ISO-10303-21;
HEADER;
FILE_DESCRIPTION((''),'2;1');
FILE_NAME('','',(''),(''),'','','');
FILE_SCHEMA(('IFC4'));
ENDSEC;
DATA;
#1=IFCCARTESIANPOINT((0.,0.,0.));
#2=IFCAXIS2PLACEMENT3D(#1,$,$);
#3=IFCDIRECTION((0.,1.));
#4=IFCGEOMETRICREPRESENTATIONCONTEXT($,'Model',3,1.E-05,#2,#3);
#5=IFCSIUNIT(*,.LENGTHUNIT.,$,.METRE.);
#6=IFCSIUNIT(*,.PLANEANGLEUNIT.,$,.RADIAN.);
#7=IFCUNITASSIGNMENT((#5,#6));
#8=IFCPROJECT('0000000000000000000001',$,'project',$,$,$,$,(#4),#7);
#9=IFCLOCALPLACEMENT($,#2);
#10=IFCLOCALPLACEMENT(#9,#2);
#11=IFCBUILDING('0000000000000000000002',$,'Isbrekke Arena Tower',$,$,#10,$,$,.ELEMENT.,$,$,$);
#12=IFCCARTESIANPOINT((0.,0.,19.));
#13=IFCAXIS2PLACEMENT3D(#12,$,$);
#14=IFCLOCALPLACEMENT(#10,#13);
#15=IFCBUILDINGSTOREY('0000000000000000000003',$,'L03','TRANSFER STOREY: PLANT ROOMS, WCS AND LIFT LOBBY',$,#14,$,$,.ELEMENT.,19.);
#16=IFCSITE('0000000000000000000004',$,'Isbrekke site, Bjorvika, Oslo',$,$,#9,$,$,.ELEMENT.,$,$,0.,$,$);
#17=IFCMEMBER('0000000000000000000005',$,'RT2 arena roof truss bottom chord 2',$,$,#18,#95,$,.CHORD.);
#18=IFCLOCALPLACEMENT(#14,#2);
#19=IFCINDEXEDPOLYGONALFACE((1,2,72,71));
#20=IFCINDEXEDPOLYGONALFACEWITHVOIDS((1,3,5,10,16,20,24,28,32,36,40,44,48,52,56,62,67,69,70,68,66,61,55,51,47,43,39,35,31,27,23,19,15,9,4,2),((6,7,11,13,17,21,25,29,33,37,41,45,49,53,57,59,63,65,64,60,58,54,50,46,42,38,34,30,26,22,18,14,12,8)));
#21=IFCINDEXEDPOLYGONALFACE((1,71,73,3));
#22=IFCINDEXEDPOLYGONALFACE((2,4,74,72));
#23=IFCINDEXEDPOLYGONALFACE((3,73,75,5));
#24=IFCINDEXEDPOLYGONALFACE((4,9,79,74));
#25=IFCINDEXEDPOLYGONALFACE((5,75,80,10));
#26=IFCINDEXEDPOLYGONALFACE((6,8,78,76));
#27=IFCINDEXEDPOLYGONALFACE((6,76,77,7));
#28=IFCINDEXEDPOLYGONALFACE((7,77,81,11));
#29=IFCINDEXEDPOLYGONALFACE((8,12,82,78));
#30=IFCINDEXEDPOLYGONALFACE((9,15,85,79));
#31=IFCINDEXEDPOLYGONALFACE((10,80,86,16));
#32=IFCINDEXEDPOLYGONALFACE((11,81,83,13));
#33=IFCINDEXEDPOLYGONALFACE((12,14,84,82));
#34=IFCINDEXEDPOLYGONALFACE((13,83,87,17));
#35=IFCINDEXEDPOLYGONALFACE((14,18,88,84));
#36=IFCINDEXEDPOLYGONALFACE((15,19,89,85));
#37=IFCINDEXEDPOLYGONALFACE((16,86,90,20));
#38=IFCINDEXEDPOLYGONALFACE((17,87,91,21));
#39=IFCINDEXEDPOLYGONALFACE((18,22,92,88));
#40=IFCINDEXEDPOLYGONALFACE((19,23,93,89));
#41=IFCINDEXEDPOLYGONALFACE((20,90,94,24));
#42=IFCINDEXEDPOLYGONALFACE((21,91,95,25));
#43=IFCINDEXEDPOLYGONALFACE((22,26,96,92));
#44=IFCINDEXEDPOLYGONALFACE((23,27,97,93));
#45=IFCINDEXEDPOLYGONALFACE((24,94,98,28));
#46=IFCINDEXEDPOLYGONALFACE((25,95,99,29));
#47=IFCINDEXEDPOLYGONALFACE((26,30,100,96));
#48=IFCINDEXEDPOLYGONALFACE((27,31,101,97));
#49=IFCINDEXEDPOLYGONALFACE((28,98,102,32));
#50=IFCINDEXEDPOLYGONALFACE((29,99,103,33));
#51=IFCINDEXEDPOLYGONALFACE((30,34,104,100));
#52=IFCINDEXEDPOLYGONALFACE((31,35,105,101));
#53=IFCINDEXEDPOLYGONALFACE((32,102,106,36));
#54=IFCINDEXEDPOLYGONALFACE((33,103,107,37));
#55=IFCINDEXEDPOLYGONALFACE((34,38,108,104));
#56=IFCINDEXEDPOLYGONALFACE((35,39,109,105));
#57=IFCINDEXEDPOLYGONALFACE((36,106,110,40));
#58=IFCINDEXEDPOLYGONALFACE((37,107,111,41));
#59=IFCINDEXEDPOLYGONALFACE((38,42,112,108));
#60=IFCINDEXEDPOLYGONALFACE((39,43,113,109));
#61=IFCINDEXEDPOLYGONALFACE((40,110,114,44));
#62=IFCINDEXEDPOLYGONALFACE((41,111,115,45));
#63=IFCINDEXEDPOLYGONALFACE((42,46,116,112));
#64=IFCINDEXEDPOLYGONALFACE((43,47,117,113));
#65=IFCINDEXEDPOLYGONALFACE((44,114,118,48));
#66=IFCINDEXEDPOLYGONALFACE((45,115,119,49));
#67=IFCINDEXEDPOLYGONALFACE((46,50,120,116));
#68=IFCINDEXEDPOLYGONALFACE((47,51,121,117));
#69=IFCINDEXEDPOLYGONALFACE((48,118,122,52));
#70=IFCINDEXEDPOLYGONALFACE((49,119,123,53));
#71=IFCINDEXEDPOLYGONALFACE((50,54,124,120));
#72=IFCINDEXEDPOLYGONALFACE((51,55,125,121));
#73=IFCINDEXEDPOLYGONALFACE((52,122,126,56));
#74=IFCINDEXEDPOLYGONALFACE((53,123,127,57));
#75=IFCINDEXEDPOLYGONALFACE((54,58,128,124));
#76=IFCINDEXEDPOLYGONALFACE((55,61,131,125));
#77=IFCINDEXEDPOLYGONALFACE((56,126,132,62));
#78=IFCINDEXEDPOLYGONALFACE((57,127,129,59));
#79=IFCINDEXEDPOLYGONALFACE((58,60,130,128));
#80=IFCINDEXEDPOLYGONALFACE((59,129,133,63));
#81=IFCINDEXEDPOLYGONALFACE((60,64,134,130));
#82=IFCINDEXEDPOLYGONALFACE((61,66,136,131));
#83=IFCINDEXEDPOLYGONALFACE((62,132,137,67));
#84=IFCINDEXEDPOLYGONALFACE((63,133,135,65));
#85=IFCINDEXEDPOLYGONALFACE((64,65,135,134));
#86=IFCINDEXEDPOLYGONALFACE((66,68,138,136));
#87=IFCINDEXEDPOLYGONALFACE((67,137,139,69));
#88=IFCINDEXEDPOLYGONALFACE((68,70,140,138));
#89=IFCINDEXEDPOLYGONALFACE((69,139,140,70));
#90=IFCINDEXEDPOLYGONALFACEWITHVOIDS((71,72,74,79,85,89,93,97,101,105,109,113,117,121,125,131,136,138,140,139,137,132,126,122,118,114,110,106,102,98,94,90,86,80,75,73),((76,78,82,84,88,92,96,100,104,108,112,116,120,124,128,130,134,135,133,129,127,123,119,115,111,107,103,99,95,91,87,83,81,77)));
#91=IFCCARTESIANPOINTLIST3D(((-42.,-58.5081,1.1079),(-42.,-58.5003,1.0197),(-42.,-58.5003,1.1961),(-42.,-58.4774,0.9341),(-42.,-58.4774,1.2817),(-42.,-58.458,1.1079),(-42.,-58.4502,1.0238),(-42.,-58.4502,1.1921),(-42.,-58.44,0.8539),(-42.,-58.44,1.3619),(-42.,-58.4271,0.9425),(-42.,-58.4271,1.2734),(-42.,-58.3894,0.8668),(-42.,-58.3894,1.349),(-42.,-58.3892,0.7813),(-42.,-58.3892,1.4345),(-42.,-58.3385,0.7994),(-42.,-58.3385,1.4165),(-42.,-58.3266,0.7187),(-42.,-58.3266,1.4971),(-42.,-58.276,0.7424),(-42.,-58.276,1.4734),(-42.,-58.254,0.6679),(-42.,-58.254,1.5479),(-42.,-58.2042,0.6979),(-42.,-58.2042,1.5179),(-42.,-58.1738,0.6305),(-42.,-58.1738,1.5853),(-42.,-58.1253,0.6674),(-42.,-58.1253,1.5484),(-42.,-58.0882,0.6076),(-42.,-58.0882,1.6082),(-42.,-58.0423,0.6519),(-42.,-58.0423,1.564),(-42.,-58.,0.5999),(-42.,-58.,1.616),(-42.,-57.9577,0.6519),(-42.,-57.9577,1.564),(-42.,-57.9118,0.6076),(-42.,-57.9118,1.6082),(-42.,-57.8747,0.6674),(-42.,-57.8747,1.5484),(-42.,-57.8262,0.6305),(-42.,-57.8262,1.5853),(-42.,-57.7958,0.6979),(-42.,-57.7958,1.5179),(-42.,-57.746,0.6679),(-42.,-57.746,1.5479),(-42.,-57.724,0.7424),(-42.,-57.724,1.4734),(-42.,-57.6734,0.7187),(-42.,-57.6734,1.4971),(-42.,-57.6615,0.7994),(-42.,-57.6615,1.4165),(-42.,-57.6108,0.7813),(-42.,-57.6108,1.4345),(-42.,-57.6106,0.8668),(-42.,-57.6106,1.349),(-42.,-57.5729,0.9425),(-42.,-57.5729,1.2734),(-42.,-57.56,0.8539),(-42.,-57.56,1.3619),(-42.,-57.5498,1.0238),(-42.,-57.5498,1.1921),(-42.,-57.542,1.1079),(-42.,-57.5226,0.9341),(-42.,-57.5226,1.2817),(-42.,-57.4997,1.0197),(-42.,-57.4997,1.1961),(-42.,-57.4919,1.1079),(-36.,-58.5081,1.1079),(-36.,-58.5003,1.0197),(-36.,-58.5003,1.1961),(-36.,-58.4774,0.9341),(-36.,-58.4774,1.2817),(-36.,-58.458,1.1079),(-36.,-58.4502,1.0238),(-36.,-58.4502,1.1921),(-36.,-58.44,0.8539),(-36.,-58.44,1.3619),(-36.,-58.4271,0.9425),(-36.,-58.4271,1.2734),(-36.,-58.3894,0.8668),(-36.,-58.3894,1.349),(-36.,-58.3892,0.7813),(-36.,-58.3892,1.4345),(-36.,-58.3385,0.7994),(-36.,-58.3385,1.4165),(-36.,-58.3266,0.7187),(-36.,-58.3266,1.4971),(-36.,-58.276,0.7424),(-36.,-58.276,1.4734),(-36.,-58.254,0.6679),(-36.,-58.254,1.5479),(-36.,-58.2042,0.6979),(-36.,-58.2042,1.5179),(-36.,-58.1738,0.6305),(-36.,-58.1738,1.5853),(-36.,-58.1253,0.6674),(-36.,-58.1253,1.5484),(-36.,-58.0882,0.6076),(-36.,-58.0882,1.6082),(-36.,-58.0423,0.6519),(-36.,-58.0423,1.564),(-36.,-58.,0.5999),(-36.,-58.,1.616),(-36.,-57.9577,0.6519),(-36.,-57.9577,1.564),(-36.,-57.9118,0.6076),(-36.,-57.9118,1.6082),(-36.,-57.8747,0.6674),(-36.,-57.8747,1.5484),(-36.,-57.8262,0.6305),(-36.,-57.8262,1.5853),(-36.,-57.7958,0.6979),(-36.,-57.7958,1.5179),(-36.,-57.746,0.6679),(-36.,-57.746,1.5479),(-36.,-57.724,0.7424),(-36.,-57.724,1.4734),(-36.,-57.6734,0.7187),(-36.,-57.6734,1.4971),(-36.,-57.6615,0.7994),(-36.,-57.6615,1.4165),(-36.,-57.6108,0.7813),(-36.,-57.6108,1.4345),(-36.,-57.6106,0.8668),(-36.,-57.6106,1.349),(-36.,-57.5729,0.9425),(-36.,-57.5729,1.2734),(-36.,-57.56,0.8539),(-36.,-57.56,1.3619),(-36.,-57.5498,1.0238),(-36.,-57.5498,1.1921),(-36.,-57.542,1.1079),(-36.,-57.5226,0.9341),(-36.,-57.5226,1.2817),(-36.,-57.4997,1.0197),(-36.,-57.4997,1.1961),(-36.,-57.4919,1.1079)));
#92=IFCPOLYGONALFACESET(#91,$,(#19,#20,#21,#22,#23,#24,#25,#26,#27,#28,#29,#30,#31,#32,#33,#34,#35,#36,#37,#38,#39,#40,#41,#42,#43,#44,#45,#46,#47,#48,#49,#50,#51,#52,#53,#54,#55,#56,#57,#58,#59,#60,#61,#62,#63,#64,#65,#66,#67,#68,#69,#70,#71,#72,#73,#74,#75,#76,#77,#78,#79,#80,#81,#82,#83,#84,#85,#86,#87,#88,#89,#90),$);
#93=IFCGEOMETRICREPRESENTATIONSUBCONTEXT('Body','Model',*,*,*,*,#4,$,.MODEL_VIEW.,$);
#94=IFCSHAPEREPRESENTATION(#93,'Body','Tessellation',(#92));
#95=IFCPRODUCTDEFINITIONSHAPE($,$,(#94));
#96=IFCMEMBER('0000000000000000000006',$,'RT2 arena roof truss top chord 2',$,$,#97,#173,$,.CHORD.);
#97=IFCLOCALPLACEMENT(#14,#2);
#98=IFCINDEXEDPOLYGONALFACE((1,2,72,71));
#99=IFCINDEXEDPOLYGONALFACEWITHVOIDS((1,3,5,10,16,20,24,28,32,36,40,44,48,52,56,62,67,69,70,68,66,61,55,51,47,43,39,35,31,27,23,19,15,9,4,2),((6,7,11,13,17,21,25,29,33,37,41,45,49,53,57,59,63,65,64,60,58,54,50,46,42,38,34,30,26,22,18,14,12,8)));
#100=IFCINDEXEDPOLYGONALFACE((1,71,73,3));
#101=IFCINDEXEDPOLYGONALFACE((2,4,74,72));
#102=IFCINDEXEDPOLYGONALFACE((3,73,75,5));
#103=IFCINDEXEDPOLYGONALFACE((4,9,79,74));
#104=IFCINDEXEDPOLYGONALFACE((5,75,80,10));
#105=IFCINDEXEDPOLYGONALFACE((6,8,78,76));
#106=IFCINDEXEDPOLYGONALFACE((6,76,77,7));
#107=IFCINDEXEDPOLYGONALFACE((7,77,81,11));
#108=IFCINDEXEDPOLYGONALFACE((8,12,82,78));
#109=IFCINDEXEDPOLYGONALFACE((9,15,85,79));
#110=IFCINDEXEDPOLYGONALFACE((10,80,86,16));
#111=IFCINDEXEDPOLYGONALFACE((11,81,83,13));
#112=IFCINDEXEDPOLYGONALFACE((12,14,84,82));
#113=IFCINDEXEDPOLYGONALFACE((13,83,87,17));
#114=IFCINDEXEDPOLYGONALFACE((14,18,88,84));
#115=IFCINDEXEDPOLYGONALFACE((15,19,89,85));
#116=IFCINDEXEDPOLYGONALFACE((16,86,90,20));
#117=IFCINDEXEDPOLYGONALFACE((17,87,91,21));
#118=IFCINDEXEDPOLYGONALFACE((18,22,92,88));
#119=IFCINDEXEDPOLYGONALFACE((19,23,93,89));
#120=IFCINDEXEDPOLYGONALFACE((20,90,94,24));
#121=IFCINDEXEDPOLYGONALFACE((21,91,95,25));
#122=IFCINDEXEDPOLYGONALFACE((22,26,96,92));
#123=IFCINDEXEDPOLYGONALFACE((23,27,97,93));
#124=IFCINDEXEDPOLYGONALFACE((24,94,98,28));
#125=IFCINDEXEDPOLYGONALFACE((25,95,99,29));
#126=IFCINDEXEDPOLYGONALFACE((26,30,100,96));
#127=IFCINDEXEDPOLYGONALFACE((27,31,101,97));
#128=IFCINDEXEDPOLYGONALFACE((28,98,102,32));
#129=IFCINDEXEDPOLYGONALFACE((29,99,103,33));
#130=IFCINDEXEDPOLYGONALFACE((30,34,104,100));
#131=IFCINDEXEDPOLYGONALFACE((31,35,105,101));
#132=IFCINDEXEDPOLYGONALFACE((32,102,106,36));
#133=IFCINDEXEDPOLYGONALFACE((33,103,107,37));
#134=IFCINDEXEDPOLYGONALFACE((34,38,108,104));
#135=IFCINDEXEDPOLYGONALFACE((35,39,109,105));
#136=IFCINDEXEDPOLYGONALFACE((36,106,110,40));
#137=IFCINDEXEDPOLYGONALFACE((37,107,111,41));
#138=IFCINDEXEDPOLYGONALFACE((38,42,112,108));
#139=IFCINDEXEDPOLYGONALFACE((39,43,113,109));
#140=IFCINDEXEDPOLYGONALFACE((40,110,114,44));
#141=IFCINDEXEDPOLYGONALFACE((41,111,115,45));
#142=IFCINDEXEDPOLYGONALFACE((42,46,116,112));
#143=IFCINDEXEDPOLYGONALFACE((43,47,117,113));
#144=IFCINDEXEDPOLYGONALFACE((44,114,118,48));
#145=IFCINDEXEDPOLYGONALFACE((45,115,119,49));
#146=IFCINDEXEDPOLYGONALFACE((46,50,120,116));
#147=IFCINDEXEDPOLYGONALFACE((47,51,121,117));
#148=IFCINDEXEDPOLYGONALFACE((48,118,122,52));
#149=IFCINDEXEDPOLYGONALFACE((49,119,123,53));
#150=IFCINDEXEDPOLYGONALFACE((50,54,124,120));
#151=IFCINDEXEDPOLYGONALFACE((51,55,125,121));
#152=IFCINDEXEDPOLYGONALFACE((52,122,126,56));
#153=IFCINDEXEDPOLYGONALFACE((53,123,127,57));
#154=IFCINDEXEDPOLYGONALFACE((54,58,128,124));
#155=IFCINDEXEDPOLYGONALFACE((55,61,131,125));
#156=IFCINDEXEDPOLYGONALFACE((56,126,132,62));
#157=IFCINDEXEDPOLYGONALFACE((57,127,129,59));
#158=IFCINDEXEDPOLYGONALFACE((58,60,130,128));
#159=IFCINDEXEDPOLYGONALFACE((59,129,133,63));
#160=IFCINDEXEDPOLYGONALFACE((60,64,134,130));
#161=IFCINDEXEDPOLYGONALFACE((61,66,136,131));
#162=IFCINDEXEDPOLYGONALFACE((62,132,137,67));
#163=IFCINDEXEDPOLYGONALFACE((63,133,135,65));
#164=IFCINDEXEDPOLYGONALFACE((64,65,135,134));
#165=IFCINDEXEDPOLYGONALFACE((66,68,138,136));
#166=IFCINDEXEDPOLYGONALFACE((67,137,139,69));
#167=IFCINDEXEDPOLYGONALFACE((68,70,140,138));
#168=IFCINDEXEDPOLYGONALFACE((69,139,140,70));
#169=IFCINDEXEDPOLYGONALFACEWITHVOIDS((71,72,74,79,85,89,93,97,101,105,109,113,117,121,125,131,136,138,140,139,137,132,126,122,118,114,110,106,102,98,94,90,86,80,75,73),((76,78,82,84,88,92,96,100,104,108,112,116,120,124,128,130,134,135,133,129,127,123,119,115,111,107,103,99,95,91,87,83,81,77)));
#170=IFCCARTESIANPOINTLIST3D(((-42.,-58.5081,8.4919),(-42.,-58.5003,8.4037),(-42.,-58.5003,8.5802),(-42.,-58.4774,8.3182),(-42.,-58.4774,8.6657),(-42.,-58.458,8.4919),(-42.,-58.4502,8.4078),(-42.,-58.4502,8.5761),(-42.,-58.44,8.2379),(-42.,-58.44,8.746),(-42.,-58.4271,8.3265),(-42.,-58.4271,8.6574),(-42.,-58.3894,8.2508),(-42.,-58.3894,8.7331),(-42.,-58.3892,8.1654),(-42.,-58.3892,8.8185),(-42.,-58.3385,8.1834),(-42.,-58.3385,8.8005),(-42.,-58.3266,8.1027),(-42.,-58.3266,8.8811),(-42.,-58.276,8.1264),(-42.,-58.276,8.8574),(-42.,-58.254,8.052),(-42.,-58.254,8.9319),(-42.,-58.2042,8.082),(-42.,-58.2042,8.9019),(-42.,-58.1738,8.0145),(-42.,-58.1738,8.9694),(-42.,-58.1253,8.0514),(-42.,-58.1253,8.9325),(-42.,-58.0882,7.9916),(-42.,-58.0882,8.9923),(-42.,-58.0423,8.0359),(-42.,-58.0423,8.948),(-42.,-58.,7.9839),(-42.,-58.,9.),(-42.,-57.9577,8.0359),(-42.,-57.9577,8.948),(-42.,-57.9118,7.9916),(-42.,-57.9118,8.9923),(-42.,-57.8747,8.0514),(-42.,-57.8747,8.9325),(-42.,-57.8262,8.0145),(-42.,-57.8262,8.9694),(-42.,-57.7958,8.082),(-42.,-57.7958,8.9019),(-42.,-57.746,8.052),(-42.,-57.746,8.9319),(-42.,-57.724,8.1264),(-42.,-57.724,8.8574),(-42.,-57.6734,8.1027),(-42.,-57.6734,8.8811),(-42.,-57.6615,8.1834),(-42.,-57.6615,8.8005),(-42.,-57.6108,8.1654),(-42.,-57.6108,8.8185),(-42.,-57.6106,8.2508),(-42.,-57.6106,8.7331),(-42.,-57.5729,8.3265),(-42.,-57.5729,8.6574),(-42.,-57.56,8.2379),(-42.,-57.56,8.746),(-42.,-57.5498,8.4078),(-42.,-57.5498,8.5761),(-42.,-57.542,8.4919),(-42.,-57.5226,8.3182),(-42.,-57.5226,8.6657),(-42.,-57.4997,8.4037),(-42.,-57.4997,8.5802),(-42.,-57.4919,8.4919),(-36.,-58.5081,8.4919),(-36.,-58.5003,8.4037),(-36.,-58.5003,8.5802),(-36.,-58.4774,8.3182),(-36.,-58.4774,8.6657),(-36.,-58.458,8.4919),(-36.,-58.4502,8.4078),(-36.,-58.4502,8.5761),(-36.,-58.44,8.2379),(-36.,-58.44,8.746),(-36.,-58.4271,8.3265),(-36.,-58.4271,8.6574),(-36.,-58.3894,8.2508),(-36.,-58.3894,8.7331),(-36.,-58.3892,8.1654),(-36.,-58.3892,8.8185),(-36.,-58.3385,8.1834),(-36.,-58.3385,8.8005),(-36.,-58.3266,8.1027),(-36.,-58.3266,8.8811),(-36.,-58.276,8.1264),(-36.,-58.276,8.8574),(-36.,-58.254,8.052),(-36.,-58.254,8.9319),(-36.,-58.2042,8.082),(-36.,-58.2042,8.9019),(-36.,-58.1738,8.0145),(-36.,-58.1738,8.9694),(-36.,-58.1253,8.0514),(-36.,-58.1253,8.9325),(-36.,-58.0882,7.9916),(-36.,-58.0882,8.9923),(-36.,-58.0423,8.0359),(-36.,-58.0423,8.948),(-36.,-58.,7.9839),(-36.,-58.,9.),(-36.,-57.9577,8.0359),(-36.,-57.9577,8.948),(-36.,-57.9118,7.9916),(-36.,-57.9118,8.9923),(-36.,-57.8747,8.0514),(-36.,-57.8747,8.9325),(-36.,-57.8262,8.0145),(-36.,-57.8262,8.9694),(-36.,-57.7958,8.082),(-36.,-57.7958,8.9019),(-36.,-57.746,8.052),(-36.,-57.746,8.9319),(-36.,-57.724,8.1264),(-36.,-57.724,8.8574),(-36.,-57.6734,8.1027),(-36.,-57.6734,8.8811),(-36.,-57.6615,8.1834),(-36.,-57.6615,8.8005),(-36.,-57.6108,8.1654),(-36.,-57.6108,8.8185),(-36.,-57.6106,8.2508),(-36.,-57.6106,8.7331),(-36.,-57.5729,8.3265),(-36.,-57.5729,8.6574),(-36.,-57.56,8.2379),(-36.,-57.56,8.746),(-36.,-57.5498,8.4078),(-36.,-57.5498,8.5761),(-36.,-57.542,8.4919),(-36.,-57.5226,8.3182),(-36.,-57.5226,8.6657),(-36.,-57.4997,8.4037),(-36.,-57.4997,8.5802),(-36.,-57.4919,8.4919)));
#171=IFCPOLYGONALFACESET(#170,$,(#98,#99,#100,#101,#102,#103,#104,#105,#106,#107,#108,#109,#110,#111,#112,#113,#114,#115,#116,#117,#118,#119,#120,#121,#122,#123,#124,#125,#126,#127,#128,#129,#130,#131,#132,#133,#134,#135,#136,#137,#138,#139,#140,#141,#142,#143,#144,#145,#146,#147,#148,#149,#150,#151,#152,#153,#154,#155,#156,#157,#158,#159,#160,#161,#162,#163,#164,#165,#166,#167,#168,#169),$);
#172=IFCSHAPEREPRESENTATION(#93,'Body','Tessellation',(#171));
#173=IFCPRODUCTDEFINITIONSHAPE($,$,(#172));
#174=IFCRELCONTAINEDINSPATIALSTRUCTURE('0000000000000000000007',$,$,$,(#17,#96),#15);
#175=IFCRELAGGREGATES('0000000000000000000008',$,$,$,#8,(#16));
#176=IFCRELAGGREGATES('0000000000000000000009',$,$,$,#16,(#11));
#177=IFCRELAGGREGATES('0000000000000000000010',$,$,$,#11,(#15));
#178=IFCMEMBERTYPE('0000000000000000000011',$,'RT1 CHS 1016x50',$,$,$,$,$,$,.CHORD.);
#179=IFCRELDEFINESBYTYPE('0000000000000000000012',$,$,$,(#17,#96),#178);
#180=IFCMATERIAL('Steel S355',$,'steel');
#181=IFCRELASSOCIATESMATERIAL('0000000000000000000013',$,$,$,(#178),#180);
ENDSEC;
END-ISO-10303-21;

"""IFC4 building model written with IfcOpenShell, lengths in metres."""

from ifc_helpers import new_model, si_unit, direction, frame, origin, origin_2d, place, context, subcontext, project, spatial, hollow_circle, extrude, material, material_profile, profile_set, type_object, element, save


model = new_model("IFC4")

# Units and contexts
model_context = context("Model", 3, precision=1e-05, world=origin(), true_north=direction((0.0, 1.0)))
body_context = subcontext(model_context, "Body", "Model", "MODEL_VIEW")
ifc_project = project(units=[si_unit("LENGTHUNIT", "METRE"), si_unit("PLANEANGLEUNIT", "RADIAN")], contexts=[model_context])

# Site, building, storey
site_placement = place(None, origin())
site = spatial("IfcSite", under=ifc_project, at=site_placement, Name="Isbrekke site, Bjorvika, Oslo", CompositionType="ELEMENT", RefElevation=0.0)
building_placement = place(site_placement, origin())
building = spatial("IfcBuilding", under=site, at=building_placement, Name="Isbrekke Arena Tower", CompositionType="ELEMENT")
storey_placement = place(building_placement, frame((0.0, 0.0, 19.0)))
storey = spatial("IfcBuildingStorey", under=building, at=storey_placement, Name="L03", Description="TRANSFER STOREY: PLANT ROOMS, WCS AND LIFT LOBBY", CompositionType="ELEMENT", Elevation=19.0)

# Members
ifc_material_1 = material(Name="Steel S355", Category="steel")
ifc_material_profile_1 = material_profile(ifc_material_1, hollow_circle(Radius=0.5081, WallThickness=0.05, at=origin_2d()), Name="CHS 1016x50")
ifc_profile_set_1 = profile_set([ifc_material_profile_1], Name="Steel S355")
member_type_1 = type_object("IfcMemberType", Name="RT1 CHS 1016x50", PredefinedType="CHORD", material=ifc_profile_set_1)
for number, where, z_axis, x_axis, name in (
    (1, (-42.0, -58.0, 1.1079), (1.0, 0.0, 0.0), (0.0, 1.0, 0.0), "RT2 arena roof truss bottom chord 2"),
    (2, (-42.0, -58.0, 8.4919), (1.0, 0.0, 0.0), (0.0, 1.0, 0.0), "RT2 arena roof truss top chord 2"),
):
    element("IfcMember", number, at=place(storey_placement, frame(where, z_axis=z_axis, x_axis=x_axis)), inside=storey, type_object=member_type_1, Name=name, PredefinedType="CHORD", context=body_context, shape_type="SweptSolid", body=[
        extrude(hollow_circle(Radius=0.5081, WallThickness=0.05, at=origin_2d()), origin(), (0.0, 0.0, 1.0), 6.0),
    ])

save(model, "model.ifc")
